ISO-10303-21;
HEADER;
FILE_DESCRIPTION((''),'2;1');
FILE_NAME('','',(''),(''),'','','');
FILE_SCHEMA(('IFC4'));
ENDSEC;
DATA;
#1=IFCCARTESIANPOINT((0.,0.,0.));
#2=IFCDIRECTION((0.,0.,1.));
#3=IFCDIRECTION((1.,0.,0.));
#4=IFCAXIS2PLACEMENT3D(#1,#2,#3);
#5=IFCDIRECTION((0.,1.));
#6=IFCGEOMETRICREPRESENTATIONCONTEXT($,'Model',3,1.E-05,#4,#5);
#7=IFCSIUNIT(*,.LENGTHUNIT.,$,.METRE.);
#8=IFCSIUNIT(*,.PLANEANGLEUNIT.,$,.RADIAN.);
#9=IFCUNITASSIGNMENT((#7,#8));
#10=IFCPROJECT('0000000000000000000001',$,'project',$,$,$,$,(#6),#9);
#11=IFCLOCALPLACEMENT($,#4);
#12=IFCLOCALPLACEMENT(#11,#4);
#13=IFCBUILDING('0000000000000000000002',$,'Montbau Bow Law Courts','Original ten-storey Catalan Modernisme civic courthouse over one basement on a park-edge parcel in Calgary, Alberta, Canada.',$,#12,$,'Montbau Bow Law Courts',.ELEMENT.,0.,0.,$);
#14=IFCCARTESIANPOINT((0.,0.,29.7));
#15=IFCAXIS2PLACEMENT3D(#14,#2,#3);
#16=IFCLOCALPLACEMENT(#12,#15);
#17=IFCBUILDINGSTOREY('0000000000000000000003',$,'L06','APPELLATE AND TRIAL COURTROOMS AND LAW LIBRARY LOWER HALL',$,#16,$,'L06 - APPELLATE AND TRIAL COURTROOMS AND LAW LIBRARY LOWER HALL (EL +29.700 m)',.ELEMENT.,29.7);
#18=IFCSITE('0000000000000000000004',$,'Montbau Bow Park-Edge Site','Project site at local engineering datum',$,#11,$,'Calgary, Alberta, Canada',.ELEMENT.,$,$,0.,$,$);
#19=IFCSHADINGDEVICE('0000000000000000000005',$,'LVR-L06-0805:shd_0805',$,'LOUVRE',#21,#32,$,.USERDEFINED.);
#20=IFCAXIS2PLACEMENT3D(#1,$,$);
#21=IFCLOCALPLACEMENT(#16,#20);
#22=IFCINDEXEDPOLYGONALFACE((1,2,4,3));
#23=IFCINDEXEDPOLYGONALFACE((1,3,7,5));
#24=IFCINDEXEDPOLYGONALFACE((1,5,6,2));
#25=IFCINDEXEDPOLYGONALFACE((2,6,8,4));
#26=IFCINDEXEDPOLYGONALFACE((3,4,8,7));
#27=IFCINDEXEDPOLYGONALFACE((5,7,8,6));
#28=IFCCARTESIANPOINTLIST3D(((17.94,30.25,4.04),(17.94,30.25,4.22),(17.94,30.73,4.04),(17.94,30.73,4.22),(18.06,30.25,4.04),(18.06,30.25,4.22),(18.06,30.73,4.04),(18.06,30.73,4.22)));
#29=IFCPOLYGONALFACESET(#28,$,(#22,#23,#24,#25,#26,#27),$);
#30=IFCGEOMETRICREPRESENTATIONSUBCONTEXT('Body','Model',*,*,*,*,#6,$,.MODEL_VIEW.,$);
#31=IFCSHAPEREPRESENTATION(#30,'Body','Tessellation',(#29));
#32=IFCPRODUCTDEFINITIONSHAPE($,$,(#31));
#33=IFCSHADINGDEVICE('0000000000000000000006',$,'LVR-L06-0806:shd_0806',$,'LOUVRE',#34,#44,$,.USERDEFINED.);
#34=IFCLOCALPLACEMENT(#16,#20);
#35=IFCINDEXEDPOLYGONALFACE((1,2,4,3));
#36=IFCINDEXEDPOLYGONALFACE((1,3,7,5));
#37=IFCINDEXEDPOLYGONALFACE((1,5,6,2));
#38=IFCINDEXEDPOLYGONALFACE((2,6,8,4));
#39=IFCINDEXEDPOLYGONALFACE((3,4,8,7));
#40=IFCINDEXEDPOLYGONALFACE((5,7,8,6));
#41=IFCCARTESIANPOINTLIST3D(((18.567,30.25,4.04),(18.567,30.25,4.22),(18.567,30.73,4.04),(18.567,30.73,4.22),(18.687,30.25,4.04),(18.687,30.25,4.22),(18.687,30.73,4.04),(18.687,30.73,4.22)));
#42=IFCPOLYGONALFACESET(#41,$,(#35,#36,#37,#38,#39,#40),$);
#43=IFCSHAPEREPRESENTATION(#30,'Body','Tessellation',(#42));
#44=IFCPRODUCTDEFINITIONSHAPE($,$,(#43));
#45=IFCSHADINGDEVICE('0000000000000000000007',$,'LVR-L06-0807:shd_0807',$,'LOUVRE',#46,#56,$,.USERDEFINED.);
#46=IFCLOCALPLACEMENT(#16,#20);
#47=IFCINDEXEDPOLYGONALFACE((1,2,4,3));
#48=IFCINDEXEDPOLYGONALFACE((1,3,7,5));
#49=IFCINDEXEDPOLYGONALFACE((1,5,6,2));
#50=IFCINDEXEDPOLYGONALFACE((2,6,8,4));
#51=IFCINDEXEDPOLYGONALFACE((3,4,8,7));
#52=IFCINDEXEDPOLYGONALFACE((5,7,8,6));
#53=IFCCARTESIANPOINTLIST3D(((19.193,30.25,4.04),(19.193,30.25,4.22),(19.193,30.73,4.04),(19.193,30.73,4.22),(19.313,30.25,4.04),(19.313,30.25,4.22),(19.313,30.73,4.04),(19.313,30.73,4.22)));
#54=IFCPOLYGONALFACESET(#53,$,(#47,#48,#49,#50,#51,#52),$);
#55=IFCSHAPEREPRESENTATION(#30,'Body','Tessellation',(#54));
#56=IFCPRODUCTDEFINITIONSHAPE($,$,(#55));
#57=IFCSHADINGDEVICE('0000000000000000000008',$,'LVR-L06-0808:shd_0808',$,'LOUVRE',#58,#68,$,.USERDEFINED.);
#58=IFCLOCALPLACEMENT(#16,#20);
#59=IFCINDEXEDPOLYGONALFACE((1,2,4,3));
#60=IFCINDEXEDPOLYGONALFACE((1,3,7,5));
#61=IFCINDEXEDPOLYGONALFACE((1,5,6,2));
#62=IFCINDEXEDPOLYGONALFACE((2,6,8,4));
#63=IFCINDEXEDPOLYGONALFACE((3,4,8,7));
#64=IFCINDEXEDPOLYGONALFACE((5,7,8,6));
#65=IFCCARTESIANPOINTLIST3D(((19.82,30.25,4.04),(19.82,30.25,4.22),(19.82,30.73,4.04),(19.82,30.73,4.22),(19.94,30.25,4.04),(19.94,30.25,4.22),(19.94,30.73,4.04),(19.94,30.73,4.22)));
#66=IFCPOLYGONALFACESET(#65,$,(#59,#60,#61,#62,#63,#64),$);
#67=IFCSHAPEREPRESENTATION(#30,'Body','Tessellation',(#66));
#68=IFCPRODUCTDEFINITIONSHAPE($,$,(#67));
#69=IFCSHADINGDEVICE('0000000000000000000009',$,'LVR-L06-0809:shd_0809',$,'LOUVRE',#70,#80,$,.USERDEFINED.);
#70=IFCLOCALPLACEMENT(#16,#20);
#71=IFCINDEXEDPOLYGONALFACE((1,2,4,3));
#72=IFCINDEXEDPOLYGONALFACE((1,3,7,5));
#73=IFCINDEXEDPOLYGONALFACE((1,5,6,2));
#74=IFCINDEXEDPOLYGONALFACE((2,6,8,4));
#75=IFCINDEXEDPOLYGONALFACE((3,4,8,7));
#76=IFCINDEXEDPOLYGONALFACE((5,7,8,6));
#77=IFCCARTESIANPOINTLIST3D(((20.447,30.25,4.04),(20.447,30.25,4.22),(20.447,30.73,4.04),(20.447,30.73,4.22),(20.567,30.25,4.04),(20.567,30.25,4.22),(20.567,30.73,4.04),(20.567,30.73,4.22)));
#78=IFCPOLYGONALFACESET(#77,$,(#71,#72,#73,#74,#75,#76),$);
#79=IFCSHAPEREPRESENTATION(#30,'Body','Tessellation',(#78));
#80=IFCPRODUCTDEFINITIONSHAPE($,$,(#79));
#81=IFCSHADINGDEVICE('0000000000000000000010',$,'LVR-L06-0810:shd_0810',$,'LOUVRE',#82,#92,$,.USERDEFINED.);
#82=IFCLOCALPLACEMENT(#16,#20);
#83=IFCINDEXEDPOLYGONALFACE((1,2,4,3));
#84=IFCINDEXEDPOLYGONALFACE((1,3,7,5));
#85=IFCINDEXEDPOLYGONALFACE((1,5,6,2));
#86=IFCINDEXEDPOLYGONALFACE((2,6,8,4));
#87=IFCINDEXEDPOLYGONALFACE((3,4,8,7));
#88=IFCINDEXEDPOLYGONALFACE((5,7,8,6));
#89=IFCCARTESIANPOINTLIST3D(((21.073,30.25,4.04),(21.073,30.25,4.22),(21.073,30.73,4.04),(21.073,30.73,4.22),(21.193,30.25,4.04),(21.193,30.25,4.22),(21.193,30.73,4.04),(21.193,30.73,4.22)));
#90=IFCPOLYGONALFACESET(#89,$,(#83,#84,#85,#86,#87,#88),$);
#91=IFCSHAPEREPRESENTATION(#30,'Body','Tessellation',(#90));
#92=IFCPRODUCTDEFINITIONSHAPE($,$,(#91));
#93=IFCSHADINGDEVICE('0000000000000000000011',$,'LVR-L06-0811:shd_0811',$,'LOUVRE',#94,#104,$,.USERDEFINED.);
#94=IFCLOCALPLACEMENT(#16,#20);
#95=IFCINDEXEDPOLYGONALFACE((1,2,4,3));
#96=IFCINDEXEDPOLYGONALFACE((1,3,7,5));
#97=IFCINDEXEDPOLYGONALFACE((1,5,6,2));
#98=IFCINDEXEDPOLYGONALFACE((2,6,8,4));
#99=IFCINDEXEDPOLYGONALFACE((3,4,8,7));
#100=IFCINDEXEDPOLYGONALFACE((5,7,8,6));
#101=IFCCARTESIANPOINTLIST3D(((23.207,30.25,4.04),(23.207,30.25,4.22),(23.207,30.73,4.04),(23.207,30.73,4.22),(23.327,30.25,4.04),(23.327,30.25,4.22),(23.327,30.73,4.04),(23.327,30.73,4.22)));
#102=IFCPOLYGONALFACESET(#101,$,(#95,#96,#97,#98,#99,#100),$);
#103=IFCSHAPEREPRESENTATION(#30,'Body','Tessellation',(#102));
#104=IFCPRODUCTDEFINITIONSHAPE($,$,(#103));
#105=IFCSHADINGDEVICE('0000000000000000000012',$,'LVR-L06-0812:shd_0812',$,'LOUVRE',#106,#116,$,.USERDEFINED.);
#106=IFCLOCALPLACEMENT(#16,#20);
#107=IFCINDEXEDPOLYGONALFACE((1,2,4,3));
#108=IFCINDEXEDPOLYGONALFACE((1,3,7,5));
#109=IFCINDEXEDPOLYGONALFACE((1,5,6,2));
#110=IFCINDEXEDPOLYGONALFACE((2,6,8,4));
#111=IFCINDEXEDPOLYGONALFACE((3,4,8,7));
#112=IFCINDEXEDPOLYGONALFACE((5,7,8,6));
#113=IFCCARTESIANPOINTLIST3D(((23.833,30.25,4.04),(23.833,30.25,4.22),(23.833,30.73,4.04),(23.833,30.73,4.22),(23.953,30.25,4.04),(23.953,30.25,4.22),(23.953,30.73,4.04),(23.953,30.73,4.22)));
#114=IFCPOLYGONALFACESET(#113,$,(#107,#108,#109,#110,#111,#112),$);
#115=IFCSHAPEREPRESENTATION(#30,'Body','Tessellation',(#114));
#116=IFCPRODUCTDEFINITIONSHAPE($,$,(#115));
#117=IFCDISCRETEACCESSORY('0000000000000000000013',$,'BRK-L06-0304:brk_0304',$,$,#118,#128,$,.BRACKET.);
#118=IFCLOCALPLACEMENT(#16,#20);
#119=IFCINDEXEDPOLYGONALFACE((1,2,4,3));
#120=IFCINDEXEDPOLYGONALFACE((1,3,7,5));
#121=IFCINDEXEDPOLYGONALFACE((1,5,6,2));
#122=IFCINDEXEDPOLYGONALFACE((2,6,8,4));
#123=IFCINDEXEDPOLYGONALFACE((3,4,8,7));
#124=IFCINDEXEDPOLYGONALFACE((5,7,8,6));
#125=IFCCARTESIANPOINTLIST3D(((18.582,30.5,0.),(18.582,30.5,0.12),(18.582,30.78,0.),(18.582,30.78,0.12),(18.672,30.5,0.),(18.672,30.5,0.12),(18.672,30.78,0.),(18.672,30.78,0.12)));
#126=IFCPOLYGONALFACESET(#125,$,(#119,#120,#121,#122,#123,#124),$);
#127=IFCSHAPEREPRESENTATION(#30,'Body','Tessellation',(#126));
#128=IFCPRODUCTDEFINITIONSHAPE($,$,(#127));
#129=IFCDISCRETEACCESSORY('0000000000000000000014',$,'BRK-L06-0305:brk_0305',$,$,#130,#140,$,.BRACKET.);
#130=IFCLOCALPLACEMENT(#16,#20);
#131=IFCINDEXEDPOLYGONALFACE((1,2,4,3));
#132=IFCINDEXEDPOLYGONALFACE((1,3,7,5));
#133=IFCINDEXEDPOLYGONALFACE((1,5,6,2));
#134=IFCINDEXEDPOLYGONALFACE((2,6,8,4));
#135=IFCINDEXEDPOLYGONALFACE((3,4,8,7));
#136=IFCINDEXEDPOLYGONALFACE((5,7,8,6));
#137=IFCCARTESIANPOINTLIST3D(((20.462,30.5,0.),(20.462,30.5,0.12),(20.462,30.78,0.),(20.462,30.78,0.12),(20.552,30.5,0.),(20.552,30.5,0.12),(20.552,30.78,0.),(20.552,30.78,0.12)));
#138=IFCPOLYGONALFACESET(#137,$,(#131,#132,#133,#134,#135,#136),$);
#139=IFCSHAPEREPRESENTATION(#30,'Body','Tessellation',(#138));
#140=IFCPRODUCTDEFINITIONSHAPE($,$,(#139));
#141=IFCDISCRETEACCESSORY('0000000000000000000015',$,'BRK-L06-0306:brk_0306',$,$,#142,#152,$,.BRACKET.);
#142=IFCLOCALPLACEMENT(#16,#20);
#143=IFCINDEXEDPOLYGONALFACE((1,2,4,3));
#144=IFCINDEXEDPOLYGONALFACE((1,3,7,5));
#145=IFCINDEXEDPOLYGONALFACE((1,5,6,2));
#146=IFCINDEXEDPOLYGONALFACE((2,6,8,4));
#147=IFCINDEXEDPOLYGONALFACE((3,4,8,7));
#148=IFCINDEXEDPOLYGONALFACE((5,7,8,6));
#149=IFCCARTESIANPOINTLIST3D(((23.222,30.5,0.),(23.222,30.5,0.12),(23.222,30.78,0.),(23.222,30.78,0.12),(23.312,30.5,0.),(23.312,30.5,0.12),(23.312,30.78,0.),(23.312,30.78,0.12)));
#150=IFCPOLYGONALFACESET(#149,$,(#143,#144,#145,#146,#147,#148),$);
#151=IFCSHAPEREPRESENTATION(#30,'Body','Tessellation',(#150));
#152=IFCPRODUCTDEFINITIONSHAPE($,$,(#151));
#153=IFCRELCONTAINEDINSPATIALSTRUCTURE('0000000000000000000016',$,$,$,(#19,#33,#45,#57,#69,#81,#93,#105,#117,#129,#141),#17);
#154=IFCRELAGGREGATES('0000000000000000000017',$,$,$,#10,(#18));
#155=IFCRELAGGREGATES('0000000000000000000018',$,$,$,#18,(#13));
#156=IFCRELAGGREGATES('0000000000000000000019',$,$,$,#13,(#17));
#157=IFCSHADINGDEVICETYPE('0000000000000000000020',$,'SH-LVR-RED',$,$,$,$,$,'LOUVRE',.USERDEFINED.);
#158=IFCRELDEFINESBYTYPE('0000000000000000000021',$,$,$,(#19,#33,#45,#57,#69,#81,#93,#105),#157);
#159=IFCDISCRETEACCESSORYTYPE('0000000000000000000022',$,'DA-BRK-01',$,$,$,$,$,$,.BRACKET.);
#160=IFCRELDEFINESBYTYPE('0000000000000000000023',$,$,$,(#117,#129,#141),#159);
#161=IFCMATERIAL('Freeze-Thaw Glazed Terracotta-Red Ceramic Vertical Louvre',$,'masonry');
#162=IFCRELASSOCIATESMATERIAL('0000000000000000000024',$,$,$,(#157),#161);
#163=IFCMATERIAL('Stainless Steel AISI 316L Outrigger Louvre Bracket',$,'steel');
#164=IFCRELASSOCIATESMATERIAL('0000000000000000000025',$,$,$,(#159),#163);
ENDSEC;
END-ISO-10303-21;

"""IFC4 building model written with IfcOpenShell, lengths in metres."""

from ifc_helpers import new_model, si_unit, direction, frame, origin_with_axes, origin_2d_with_axis, place, context, subcontext, project, spatial, rectangle, extrude, material, type_object, element, save


model = new_model("IFC4")

# Units and contexts
model_context = context("Model", 3, precision=1e-05, world=origin_with_axes(), true_north=direction((0.0, 1.0)))
body_context = subcontext(model_context, "Body", "Model", "MODEL_VIEW")
ifc_project = project(units=[si_unit("LENGTHUNIT", "METRE"), si_unit("PLANEANGLEUNIT", "RADIAN")], contexts=[model_context])

# Site, building, storey
site_placement = place(None, origin_with_axes())
site = spatial("IfcSite", under=ifc_project, at=site_placement, Name="Montbau Bow Park-Edge Site", Description="Project site at local engineering datum", LongName="Calgary, Alberta, Canada", CompositionType="ELEMENT", RefElevation=0.0)
building_placement = place(site_placement, origin_with_axes())
building = spatial("IfcBuilding", under=site, at=building_placement, Name="Montbau Bow Law Courts", Description="Original ten-storey Catalan Modernisme civic courthouse over one basement on a park-edge parcel in Calgary, Alberta, Canada.", LongName="Montbau Bow Law Courts", CompositionType="ELEMENT", ElevationOfRefHeight=0.0, ElevationOfTerrain=0.0)
storey_placement = place(building_placement, frame((0.0, 0.0, 29.7), z_axis=(0.0, 0.0, 1.0), x_axis=(1.0, 0.0, 0.0)))
storey = spatial("IfcBuildingStorey", under=building, at=storey_placement, Name="L06", Description="APPELLATE AND TRIAL COURTROOMS AND LAW LIBRARY LOWER HALL", LongName="L06 - APPELLATE AND TRIAL COURTROOMS AND LAW LIBRARY LOWER HALL (EL +29.700 m)", CompositionType="ELEMENT", Elevation=29.7)

# Shared definitions
ifc_material_1 = material(Name="Freeze-Thaw Glazed Terracotta-Red Ceramic Vertical Louvre", Category="masonry")

# Shading devices
shading_device_type = type_object("IfcShadingDeviceType", Name="SH-LVR-RED", ElementType="LOUVRE", PredefinedType="USERDEFINED", material=ifc_material_1)
for number, where, z_axis, x_axis, name in (
    (1, (18.0, 30.49, 33.74), (0.0, 0.0, 1.0), (0.0, -1.0, 0.0), "LVR-L06-0805:shd_0805"),
    (2, (18.627, 30.49, 33.74), (0.0, 0.0, 1.0), (0.0, -1.0, 0.0), "LVR-L06-0806:shd_0806"),
    (3, (19.253, 30.49, 33.74), (0.0, 0.0, 1.0), (0.0, -1.0, 0.0), "LVR-L06-0807:shd_0807"),
    (4, (19.88, 30.49, 33.74), (0.0, 0.0, 1.0), (0.0, -1.0, 0.0), "LVR-L06-0808:shd_0808"),
    (5, (20.507, 30.49, 33.74), (0.0, 0.0, 1.0), (0.0, -1.0, 0.0), "LVR-L06-0809:shd_0809"),
    (6, (21.133, 30.49, 33.74), (0.0, 0.0, 1.0), (0.0, -1.0, 0.0), "LVR-L06-0810:shd_0810"),
    (7, (23.267, 30.49, 33.74), (0.0, 0.0, 1.0), (0.0, -1.0, 0.0), "LVR-L06-0811:shd_0811"),
    (8, (23.893, 30.49, 33.74), (0.0, 0.0, 1.0), (0.0, -1.0, 0.0), "LVR-L06-0812:shd_0812"),
):
    element("IfcShadingDevice", number, at=place(None, frame(where, z_axis=z_axis, x_axis=x_axis)), inside=storey, type_object=shading_device_type, Name=name, ObjectType="LOUVRE", PredefinedType="USERDEFINED", context=body_context, shape_type="SweptSolid", body=[
        extrude(rectangle(XDim=0.48, YDim=0.12, at=origin_2d_with_axis()), origin_with_axes(), (0.0, 0.0, 1.0), 0.18),
    ])

# Discrete accessories
ifc_material_2 = material(Name="Stainless Steel AISI 316L Outrigger Louvre Bracket", Category="steel")
discrete_accessory_type = type_object("IfcDiscreteAccessoryType", Name="DA-BRK-01", PredefinedType="BRACKET", material=ifc_material_2)
for number, where, z_axis, x_axis, name in (
    (9, (18.627, 30.64, 29.7), (0.0, 0.0, 1.0), (0.0, -1.0, 0.0), "BRK-L06-0304:brk_0304"),
    (10, (20.507, 30.64, 29.7), (0.0, 0.0, 1.0), (0.0, -1.0, 0.0), "BRK-L06-0305:brk_0305"),
    (11, (23.267, 30.64, 29.7), (0.0, 0.0, 1.0), (0.0, -1.0, 0.0), "BRK-L06-0306:brk_0306"),
):
    element("IfcDiscreteAccessory", number, at=place(None, frame(where, z_axis=z_axis, x_axis=x_axis)), inside=storey, type_object=discrete_accessory_type, Name=name, PredefinedType="BRACKET", context=body_context, shape_type="SweptSolid", body=[
        extrude(rectangle(XDim=0.28, YDim=0.09, at=origin_2d_with_axis()), origin_with_axes(), (0.0, 0.0, 1.0), 0.12),
    ])

save(model, "model.ifc")
